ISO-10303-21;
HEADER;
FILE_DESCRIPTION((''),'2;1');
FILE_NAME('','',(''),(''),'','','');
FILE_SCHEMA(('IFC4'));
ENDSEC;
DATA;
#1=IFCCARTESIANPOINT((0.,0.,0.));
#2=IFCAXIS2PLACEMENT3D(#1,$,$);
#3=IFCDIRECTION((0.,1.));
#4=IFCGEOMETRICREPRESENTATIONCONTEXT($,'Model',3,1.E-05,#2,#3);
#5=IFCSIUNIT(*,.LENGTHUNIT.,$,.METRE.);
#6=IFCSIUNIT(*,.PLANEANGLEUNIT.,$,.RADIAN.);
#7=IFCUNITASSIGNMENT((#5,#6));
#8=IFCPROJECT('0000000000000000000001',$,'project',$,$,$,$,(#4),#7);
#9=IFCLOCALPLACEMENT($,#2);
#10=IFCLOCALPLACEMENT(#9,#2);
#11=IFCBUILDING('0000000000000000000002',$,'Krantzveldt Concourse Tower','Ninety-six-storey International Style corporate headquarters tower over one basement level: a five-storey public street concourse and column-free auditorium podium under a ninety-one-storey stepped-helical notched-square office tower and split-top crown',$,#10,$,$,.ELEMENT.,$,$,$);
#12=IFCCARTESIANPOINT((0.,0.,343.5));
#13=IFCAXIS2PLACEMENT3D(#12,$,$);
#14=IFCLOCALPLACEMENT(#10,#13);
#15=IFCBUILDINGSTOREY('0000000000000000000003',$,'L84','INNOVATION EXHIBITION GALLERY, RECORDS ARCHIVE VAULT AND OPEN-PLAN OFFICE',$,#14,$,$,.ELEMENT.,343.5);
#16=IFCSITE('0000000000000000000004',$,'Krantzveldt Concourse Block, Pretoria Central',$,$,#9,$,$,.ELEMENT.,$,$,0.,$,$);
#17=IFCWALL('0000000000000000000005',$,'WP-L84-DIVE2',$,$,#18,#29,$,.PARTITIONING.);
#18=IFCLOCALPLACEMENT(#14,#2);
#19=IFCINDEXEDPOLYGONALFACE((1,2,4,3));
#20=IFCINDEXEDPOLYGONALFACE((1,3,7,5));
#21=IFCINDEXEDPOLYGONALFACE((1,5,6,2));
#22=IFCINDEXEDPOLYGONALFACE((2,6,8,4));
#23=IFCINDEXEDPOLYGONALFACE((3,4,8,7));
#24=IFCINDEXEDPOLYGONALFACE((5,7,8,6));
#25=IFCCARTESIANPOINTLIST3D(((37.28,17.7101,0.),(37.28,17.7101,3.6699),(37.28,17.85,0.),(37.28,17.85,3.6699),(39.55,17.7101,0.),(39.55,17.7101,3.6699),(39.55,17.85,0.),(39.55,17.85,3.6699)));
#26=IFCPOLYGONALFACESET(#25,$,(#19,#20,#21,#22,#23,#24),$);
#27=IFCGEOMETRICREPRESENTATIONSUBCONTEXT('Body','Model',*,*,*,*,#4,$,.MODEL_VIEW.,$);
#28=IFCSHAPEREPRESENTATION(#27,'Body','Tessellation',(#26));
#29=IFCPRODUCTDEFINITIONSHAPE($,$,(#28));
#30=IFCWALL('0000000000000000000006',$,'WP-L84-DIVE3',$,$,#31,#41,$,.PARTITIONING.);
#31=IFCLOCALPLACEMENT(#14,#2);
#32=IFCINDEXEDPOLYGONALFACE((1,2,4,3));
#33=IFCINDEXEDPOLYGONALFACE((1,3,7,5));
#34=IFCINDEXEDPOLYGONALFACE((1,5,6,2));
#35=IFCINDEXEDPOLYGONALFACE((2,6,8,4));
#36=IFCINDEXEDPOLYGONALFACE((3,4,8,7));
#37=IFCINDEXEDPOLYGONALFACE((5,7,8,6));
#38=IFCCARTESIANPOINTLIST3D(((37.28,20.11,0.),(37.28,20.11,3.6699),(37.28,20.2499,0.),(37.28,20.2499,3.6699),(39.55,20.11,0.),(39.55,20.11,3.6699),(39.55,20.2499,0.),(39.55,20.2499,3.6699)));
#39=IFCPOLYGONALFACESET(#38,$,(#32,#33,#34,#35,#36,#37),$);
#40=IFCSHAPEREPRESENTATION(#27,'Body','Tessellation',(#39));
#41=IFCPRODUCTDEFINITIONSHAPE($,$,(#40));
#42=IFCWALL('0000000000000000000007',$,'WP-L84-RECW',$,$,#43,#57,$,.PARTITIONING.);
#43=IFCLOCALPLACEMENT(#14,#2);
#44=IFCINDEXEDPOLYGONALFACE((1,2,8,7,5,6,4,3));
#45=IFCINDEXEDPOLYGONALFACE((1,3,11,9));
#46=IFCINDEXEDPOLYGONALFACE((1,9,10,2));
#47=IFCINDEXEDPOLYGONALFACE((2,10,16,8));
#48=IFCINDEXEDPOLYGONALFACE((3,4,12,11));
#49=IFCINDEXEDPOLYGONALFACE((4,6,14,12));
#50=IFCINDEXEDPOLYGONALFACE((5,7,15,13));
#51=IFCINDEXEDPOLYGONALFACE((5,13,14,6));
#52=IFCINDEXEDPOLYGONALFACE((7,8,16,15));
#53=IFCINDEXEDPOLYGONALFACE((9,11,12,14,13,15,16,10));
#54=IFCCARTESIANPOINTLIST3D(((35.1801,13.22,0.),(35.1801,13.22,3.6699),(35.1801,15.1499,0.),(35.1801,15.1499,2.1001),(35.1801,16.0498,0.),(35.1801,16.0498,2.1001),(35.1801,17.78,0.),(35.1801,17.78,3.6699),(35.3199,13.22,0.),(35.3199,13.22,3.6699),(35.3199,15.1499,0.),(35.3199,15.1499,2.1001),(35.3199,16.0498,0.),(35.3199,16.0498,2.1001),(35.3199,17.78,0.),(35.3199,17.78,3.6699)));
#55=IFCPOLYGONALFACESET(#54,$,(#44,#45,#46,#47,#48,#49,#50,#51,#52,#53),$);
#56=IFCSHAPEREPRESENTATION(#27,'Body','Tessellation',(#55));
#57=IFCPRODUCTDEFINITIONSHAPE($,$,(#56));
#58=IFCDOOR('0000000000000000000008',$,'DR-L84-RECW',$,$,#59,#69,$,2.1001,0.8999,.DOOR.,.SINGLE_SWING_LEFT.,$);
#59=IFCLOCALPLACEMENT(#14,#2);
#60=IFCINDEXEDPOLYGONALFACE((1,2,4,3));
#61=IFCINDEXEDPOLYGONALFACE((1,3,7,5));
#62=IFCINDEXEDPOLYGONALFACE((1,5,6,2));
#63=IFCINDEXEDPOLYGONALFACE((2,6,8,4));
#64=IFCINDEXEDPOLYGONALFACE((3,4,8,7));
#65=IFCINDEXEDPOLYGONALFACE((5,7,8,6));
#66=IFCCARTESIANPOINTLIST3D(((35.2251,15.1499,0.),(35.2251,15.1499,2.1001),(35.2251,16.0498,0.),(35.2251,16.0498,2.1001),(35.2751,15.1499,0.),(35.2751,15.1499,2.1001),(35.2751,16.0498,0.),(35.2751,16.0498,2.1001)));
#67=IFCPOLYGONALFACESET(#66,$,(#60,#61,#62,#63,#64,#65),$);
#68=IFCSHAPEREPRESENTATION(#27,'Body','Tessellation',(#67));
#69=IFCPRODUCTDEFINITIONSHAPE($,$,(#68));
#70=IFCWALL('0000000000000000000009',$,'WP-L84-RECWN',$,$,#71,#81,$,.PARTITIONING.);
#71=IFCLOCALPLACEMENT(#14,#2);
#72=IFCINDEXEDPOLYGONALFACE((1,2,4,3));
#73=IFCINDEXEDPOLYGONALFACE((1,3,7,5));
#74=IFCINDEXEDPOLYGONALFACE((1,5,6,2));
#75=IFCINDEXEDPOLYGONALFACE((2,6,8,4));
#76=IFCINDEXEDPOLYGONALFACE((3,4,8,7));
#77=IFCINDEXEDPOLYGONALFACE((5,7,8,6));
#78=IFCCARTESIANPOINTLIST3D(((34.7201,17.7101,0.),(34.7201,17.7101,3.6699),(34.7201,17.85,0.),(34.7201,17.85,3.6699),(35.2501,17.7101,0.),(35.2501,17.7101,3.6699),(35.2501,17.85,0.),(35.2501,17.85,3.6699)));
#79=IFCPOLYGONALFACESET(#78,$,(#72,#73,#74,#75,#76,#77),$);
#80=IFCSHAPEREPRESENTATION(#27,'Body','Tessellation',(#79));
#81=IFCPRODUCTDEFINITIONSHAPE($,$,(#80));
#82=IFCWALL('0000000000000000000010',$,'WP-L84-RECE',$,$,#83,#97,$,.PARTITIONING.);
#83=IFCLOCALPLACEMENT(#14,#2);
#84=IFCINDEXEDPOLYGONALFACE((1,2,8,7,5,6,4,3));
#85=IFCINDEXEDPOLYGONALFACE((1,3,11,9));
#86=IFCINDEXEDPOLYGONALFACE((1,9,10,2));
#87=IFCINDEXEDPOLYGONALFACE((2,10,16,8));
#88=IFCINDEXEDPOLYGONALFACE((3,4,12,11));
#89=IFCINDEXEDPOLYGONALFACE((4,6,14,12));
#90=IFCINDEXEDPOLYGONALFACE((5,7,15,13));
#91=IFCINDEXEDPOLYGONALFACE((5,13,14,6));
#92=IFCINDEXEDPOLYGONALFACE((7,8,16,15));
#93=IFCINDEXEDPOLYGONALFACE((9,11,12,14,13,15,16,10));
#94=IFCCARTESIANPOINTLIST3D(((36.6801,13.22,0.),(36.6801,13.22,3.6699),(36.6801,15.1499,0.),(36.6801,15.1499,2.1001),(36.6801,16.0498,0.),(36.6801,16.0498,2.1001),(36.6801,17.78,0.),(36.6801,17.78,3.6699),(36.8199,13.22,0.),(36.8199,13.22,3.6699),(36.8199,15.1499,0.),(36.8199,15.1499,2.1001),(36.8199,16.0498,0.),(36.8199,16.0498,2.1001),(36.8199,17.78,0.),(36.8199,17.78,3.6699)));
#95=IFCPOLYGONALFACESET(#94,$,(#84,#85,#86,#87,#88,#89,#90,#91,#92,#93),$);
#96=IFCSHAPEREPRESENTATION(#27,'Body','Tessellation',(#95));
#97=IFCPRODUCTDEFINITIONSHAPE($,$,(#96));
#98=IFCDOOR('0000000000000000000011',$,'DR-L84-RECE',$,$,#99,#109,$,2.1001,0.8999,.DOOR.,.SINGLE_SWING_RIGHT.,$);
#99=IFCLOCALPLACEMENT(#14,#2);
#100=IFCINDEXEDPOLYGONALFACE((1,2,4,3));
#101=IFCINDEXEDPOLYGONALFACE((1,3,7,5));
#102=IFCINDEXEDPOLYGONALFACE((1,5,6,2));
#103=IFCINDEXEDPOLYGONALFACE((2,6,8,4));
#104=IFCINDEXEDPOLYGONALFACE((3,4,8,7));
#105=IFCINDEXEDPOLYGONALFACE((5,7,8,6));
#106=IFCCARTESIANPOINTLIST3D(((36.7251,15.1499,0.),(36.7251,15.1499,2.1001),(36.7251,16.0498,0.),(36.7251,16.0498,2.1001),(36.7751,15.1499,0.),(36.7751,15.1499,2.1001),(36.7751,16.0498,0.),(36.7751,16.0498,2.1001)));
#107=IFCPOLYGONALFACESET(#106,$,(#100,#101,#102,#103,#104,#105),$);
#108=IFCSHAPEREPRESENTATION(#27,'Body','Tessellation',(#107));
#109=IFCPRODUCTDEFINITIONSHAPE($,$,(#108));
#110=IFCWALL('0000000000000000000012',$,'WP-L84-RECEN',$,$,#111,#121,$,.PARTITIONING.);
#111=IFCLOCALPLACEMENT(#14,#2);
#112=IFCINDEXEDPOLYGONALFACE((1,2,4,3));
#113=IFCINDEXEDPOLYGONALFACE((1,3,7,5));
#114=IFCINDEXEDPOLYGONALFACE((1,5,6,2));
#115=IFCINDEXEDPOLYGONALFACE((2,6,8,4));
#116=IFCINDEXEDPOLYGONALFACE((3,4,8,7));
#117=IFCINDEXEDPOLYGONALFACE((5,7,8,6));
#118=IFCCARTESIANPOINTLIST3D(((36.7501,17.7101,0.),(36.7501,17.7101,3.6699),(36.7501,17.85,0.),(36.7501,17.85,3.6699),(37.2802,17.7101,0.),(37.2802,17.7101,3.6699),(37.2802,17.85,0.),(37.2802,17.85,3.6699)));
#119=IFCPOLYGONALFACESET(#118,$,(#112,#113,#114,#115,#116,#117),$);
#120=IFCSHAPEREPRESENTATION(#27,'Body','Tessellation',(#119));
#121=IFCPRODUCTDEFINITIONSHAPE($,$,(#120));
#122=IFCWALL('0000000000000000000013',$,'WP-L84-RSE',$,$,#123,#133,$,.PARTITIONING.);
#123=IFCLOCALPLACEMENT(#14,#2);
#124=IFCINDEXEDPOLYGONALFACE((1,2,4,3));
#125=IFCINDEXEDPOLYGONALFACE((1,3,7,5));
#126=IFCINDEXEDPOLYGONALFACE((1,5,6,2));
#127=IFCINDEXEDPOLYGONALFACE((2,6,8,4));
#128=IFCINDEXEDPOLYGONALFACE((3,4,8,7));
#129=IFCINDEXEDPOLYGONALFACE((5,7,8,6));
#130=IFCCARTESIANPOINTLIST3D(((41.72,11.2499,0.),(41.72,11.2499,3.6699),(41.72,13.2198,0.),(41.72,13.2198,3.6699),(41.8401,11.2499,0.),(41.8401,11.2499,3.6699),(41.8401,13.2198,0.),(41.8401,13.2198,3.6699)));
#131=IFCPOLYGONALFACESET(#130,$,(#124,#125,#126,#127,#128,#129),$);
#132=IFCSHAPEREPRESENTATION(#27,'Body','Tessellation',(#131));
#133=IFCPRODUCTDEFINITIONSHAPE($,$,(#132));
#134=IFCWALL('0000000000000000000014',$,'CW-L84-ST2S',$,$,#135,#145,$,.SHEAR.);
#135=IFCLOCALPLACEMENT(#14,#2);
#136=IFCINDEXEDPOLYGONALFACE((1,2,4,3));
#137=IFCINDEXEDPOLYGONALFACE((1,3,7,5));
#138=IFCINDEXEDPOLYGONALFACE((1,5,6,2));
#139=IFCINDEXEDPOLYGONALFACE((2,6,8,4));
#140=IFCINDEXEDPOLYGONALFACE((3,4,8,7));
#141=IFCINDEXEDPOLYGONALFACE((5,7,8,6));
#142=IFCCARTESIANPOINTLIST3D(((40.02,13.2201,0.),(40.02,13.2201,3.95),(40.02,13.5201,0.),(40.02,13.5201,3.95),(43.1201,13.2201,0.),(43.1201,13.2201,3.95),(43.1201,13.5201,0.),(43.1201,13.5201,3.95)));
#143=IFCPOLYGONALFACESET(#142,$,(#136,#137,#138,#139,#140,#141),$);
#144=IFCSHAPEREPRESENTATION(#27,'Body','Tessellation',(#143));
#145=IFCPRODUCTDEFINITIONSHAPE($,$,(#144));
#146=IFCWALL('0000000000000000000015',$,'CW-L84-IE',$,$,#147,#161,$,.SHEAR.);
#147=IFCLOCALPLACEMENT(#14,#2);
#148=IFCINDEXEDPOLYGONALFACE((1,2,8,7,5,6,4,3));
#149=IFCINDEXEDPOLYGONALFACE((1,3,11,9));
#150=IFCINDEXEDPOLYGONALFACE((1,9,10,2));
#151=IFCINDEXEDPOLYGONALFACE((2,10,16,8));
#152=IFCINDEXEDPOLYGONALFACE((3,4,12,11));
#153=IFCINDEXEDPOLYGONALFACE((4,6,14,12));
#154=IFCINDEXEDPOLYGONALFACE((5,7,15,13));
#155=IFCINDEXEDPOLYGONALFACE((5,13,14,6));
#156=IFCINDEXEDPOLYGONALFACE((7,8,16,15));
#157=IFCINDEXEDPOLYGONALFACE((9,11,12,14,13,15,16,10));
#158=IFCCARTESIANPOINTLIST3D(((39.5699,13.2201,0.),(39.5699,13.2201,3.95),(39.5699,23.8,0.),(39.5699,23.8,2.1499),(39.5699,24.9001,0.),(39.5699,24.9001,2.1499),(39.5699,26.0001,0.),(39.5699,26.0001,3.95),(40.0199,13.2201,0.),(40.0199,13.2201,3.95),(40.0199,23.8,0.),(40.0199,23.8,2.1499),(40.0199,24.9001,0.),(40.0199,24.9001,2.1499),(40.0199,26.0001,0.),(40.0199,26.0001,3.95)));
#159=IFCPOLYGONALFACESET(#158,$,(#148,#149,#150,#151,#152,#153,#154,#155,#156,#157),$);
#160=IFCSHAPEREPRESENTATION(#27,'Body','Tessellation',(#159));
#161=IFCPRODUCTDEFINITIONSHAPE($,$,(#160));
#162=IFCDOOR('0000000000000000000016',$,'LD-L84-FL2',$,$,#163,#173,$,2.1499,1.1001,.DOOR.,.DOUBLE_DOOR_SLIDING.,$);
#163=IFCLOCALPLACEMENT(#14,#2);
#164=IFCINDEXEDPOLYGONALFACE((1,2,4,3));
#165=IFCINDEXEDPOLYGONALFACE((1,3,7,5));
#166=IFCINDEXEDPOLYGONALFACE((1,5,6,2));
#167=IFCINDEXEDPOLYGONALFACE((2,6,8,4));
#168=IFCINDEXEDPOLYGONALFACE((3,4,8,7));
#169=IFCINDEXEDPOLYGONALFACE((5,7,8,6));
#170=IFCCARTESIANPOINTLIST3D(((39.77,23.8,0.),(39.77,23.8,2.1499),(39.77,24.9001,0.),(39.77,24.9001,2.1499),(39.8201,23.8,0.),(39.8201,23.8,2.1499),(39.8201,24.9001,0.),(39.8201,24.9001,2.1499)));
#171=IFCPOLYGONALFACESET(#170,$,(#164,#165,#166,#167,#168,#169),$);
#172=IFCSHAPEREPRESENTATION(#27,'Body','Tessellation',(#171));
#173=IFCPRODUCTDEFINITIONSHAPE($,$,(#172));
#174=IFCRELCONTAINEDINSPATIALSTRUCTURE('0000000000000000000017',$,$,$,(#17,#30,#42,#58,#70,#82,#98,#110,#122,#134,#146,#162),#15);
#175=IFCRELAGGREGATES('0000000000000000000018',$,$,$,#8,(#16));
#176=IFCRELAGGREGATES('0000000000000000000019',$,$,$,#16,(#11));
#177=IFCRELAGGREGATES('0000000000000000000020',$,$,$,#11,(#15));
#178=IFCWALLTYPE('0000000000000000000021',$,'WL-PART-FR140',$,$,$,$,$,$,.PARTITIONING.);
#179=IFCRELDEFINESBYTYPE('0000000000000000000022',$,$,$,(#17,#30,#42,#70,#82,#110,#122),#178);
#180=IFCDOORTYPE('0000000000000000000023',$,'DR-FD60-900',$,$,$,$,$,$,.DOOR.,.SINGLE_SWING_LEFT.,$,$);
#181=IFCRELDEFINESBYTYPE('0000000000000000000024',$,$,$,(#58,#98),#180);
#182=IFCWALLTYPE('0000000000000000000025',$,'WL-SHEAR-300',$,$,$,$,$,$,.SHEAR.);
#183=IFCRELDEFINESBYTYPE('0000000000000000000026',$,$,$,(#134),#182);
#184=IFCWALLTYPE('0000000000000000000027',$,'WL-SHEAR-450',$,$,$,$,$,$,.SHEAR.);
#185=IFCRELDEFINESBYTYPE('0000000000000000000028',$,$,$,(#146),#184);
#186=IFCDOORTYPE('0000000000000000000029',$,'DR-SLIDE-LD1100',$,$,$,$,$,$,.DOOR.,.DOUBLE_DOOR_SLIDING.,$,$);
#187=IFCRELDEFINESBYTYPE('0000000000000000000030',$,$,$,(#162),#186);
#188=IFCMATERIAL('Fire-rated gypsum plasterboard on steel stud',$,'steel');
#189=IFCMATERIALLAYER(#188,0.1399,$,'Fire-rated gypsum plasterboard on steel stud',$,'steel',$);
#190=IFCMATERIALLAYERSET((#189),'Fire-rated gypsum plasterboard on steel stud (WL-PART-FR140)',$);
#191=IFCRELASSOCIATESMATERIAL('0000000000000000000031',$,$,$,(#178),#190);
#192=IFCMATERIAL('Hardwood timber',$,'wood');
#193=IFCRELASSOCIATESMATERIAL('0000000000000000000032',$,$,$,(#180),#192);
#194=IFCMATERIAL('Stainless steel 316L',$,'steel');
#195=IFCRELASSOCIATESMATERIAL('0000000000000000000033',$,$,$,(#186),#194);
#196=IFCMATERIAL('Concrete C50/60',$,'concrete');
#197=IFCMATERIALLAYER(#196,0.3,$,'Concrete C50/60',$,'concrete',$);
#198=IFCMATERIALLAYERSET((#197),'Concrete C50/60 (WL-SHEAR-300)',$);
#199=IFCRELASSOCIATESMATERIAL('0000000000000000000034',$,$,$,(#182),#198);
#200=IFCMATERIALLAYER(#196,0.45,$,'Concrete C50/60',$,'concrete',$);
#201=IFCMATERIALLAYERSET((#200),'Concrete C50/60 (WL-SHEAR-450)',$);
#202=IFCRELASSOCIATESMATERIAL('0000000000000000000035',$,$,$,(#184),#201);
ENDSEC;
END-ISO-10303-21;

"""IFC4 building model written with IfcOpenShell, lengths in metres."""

from ifc_helpers import new_model, si_unit, direction, frame, frame_2d, origin, place, context, subcontext, project, spatial, rectangle, extrude, material, layer, layer_set, type_object, element, fill, save


model = new_model("IFC4")

# Units and contexts
model_context = context("Model", 3, precision=1e-05, world=origin(), true_north=direction((0.0, 1.0)))
body_context = subcontext(model_context, "Body", "Model", "MODEL_VIEW")
ifc_project = project(units=[si_unit("LENGTHUNIT", "METRE"), si_unit("PLANEANGLEUNIT", "RADIAN")], contexts=[model_context])

# Site, building, storey
site_placement = place(None, origin())
site = spatial("IfcSite", under=ifc_project, at=site_placement, Name="Krantzveldt Concourse Block, Pretoria Central", CompositionType="ELEMENT", RefElevation=0.0)
building_placement = place(site_placement, origin())
building = spatial("IfcBuilding", under=site, at=building_placement, Name="Krantzveldt Concourse Tower", Description="Ninety-six-storey International Style corporate headquarters tower over one basement level: a five-storey public street concourse and column-free auditorium podium under a ninety-one-storey stepped-helical notched-square office tower and split-top crown", CompositionType="ELEMENT")
storey_placement = place(building_placement, frame((0.0, 0.0, 343.5)))
storey = spatial("IfcBuildingStorey", under=building, at=storey_placement, Name="L84", Description="INNOVATION EXHIBITION GALLERY, RECORDS ARCHIVE VAULT AND OPEN-PLAN OFFICE", CompositionType="ELEMENT", Elevation=343.5)

# Shared definitions
ifc_material_1 = material(Name="Fire-rated gypsum plasterboard on steel stud", Category="steel")

# Shared definitions
ifc_layer_1 = layer(ifc_material_1, 0.1399, Name="Fire-rated gypsum plasterboard on steel stud", Category="steel")
ifc_layer_set_1 = layer_set([ifc_layer_1], Name="Fire-rated gypsum plasterboard on steel stud (WL-PART-FR140)")
wall_type_1 = type_object("IfcWallType", Name="WL-PART-FR140", PredefinedType="PARTITIONING", material=ifc_layer_set_1)
ifc_material_2 = material(Name="Hardwood timber", Category="wood")
door_type_1 = type_object("IfcDoorType", Name="DR-FD60-900", OperationType="SINGLE_SWING_LEFT", PredefinedType="DOOR", material=ifc_material_2)
ifc_material_3 = material(Name="Stainless steel 316L", Category="steel")
door_type_2 = type_object("IfcDoorType", Name="DR-SLIDE-LD1100", OperationType="DOUBLE_DOOR_SLIDING", PredefinedType="DOOR", material=ifc_material_3)

# Walls
for number, where, z_axis, x_axis, name in (
    (1, (37.28, 17.78, 0.0), (0.0, 0.0, 1.0), (1.0, 0.0, 0.0), "WP-L84-DIVE2"),
    (2, (37.28, 20.1799, 0.0), (0.0, 0.0, 1.0), (1.0, 0.0, 0.0), "WP-L84-DIVE3"),
):
    element("IfcWall", number, at=place(storey_placement, frame(where, z_axis=z_axis, x_axis=x_axis)), inside=storey, type_object=wall_type_1, Name=name, PredefinedType="PARTITIONING", context=body_context, shape_type="SweptSolid", body=[
        extrude(rectangle(XDim=2.27, YDim=0.1399, at=frame_2d((1.135, 0.0))), origin(), (0.0, 0.0, 1.0), 3.6699),
    ])

# Wall, opening, door
wall_1_placement = place(storey_placement, frame((35.25, 13.22, 0.0), z_axis=(0.0, 0.0, 1.0), x_axis=(0.0, 1.0, 0.0)))
wall_1 = element("IfcWall", 3, at=wall_1_placement, inside=storey, type_object=wall_type_1, Name="WP-L84-RECW", PredefinedType="PARTITIONING", context=body_context, shape_type="SweptSolid", body=[
    extrude(rectangle(XDim=4.5601, YDim=0.1399, at=frame_2d((2.28, 0.0))), origin(), (0.0, 0.0, 1.0), 3.6699),
])
opening_1_placement = place(wall_1_placement, frame((1.9299, 0.0, 0.0)))
opening_1 = element("IfcOpeningElement", 4, at=opening_1_placement, cuts=wall_1, PredefinedType="OPENING", context=body_context, shape_type="SweptSolid", body=[
    extrude(rectangle(XDim=0.8999, YDim=2.1001, at=frame_2d((0.45, 1.05))), frame((0.0, 0.0801, 0.0), z_axis=(0.0, -1.0, 0.0), x_axis=(1.0, 0.0, 0.0)), (0.0, 0.0, 1.0), 0.1599),
])
door_1_placement = place(opening_1_placement, origin())
door_1 = element("IfcDoor", 5, at=door_1_placement, inside=storey, type_object=door_type_1, Name="DR-L84-RECW", OperationType="SINGLE_SWING_LEFT", OverallHeight=2.1001, OverallWidth=0.8999, PredefinedType="DOOR", context=body_context, shape_type="SweptSolid", body=[
    extrude(rectangle(XDim=0.8999, YDim=2.1001, at=frame_2d((0.45, 1.05))), frame((0.0, 0.0249, 0.0), z_axis=(0.0, -1.0, 0.0), x_axis=(1.0, 0.0, 0.0)), (0.0, 0.0, 1.0), 0.05),
])
fill(opening_1, door_1)

# Wall
wall_2_placement = place(storey_placement, frame((34.72, 17.78, 0.0), z_axis=(0.0, 0.0, 1.0), x_axis=(1.0, 0.0, 0.0)))
element("IfcWall", 6, at=wall_2_placement, inside=storey, type_object=wall_type_1, Name="WP-L84-RECWN", PredefinedType="PARTITIONING", context=body_context, shape_type="SweptSolid", body=[
    extrude(rectangle(XDim=0.53, YDim=0.1399, at=frame_2d((0.2651, 0.0))), origin(), (0.0, 0.0, 1.0), 3.6699),
])

# Wall, opening, door
wall_3_placement = place(storey_placement, frame((36.75, 13.22, 0.0), z_axis=(0.0, 0.0, 1.0), x_axis=(0.0, 1.0, 0.0)))
wall_3 = element("IfcWall", 7, at=wall_3_placement, inside=storey, type_object=wall_type_1, Name="WP-L84-RECE", PredefinedType="PARTITIONING", context=body_context, shape_type="SweptSolid", body=[
    extrude(rectangle(XDim=4.5601, YDim=0.1399, at=frame_2d((2.28, 0.0))), origin(), (0.0, 0.0, 1.0), 3.6699),
])
opening_2_placement = place(wall_3_placement, frame((1.9299, 0.0, 0.0)))
opening_2 = element("IfcOpeningElement", 8, at=opening_2_placement, cuts=wall_3, PredefinedType="OPENING", context=body_context, shape_type="SweptSolid", body=[
    extrude(rectangle(XDim=0.8999, YDim=2.1001, at=frame_2d((0.45, 1.05))), frame((0.0, 0.0801, 0.0), z_axis=(0.0, -1.0, 0.0), x_axis=(1.0, 0.0, 0.0)), (0.0, 0.0, 1.0), 0.1599),
])
door_2_placement = place(opening_2_placement, origin())
door_2 = element("IfcDoor", 9, at=door_2_placement, inside=storey, type_object=door_type_1, Name="DR-L84-RECE", OperationType="SINGLE_SWING_RIGHT", OverallHeight=2.1001, OverallWidth=0.8999, PredefinedType="DOOR", context=body_context, shape_type="SweptSolid", body=[
    extrude(rectangle(XDim=0.8999, YDim=2.1001, at=frame_2d((0.45, 1.05))), frame((0.0, 0.0249, 0.0), z_axis=(0.0, -1.0, 0.0), x_axis=(1.0, 0.0, 0.0)), (0.0, 0.0, 1.0), 0.05),
])
fill(opening_2, door_2)

# Walls
wall_4_placement = place(storey_placement, frame((36.75, 17.78, 0.0), z_axis=(0.0, 0.0, 1.0), x_axis=(1.0, 0.0, 0.0)))
element("IfcWall", 10, at=wall_4_placement, inside=storey, type_object=wall_type_1, Name="WP-L84-RECEN", PredefinedType="PARTITIONING", context=body_context, shape_type="SweptSolid", body=[
    extrude(rectangle(XDim=0.53, YDim=0.1399, at=frame_2d((0.2651, 0.0))), origin(), (0.0, 0.0, 1.0), 3.6699),
])
wall_5_placement = place(storey_placement, frame((41.78, 11.25, 0.0), z_axis=(0.0, 0.0, 1.0), x_axis=(0.0, 1.0, 0.0)))
element("IfcWall", 11, at=wall_5_placement, inside=storey, type_object=wall_type_1, Name="WP-L84-RSE", PredefinedType="PARTITIONING", context=body_context, shape_type="SweptSolid", body=[
    extrude(rectangle(XDim=1.97, YDim=0.1201, at=frame_2d((0.9849, 0.0))), origin(), (0.0, 0.0, 1.0), 3.6699),
])
ifc_material_4 = material(Name="Concrete C50/60", Category="concrete")
ifc_layer_2 = layer(ifc_material_4, 0.3, Name="Concrete C50/60", Category="concrete")
ifc_layer_set_2 = layer_set([ifc_layer_2], Name="Concrete C50/60 (WL-SHEAR-300)")
wall_type_2 = type_object("IfcWallType", Name="WL-SHEAR-300", PredefinedType="SHEAR", material=ifc_layer_set_2)
wall_6_placement = place(storey_placement, frame((40.02, 13.3701, 0.0), z_axis=(0.0, 0.0, 1.0), x_axis=(1.0, 0.0, 0.0)))
element("IfcWall", 12, at=wall_6_placement, inside=storey, type_object=wall_type_2, Name="CW-L84-ST2S", PredefinedType="SHEAR", context=body_context, shape_type="SweptSolid", body=[
    extrude(rectangle(XDim=3.1001, YDim=0.3, at=frame_2d((1.55, 0.0))), origin(), (0.0, 0.0, 1.0), 3.95),
])

# Wall, opening, door
ifc_layer_3 = layer(ifc_material_4, 0.45, Name="Concrete C50/60", Category="concrete")
ifc_layer_set_3 = layer_set([ifc_layer_3], Name="Concrete C50/60 (WL-SHEAR-450)")
wall_type_3 = type_object("IfcWallType", Name="WL-SHEAR-450", PredefinedType="SHEAR", material=ifc_layer_set_3)
wall_7_placement = place(storey_placement, frame((39.7949, 13.22, 0.0), z_axis=(0.0, 0.0, 1.0), x_axis=(0.0, 1.0, 0.0)))
wall_7 = element("IfcWall", 13, at=wall_7_placement, inside=storey, type_object=wall_type_3, Name="CW-L84-IE", PredefinedType="SHEAR", context=body_context, shape_type="SweptSolid", body=[
    extrude(rectangle(XDim=12.78, YDim=0.45, at=frame_2d((6.3901, 0.0))), origin(), (0.0, 0.0, 1.0), 3.95),
])
opening_3_placement = place(wall_7_placement, frame((10.5801, 0.0, 0.0)))
opening_3 = element("IfcOpeningElement", 14, at=opening_3_placement, cuts=wall_7, PredefinedType="OPENING", context=body_context, shape_type="SweptSolid", body=[
    extrude(rectangle(XDim=1.1001, YDim=2.1499, at=frame_2d((0.55, 1.075))), frame((0.0, 0.2349, 0.0), z_axis=(0.0, -1.0, 0.0), x_axis=(1.0, 0.0, 0.0)), (0.0, 0.0, 1.0), 0.47),
])
door_3_placement = place(opening_3_placement, origin())
door_3 = element("IfcDoor", 15, at=door_3_placement, inside=storey, type_object=door_type_2, Name="LD-L84-FL2", OperationType="DOUBLE_DOOR_SLIDING", OverallHeight=2.1499, OverallWidth=1.1001, PredefinedType="DOOR", context=body_context, shape_type="SweptSolid", body=[
    extrude(rectangle(XDim=1.1001, YDim=2.1499, at=frame_2d((0.55, 1.075))), frame((0.0, 0.0249, 0.0), z_axis=(0.0, -1.0, 0.0), x_axis=(1.0, 0.0, 0.0)), (0.0, 0.0, 1.0), 0.05),
])
fill(opening_3, door_3)

save(model, "model.ifc")
